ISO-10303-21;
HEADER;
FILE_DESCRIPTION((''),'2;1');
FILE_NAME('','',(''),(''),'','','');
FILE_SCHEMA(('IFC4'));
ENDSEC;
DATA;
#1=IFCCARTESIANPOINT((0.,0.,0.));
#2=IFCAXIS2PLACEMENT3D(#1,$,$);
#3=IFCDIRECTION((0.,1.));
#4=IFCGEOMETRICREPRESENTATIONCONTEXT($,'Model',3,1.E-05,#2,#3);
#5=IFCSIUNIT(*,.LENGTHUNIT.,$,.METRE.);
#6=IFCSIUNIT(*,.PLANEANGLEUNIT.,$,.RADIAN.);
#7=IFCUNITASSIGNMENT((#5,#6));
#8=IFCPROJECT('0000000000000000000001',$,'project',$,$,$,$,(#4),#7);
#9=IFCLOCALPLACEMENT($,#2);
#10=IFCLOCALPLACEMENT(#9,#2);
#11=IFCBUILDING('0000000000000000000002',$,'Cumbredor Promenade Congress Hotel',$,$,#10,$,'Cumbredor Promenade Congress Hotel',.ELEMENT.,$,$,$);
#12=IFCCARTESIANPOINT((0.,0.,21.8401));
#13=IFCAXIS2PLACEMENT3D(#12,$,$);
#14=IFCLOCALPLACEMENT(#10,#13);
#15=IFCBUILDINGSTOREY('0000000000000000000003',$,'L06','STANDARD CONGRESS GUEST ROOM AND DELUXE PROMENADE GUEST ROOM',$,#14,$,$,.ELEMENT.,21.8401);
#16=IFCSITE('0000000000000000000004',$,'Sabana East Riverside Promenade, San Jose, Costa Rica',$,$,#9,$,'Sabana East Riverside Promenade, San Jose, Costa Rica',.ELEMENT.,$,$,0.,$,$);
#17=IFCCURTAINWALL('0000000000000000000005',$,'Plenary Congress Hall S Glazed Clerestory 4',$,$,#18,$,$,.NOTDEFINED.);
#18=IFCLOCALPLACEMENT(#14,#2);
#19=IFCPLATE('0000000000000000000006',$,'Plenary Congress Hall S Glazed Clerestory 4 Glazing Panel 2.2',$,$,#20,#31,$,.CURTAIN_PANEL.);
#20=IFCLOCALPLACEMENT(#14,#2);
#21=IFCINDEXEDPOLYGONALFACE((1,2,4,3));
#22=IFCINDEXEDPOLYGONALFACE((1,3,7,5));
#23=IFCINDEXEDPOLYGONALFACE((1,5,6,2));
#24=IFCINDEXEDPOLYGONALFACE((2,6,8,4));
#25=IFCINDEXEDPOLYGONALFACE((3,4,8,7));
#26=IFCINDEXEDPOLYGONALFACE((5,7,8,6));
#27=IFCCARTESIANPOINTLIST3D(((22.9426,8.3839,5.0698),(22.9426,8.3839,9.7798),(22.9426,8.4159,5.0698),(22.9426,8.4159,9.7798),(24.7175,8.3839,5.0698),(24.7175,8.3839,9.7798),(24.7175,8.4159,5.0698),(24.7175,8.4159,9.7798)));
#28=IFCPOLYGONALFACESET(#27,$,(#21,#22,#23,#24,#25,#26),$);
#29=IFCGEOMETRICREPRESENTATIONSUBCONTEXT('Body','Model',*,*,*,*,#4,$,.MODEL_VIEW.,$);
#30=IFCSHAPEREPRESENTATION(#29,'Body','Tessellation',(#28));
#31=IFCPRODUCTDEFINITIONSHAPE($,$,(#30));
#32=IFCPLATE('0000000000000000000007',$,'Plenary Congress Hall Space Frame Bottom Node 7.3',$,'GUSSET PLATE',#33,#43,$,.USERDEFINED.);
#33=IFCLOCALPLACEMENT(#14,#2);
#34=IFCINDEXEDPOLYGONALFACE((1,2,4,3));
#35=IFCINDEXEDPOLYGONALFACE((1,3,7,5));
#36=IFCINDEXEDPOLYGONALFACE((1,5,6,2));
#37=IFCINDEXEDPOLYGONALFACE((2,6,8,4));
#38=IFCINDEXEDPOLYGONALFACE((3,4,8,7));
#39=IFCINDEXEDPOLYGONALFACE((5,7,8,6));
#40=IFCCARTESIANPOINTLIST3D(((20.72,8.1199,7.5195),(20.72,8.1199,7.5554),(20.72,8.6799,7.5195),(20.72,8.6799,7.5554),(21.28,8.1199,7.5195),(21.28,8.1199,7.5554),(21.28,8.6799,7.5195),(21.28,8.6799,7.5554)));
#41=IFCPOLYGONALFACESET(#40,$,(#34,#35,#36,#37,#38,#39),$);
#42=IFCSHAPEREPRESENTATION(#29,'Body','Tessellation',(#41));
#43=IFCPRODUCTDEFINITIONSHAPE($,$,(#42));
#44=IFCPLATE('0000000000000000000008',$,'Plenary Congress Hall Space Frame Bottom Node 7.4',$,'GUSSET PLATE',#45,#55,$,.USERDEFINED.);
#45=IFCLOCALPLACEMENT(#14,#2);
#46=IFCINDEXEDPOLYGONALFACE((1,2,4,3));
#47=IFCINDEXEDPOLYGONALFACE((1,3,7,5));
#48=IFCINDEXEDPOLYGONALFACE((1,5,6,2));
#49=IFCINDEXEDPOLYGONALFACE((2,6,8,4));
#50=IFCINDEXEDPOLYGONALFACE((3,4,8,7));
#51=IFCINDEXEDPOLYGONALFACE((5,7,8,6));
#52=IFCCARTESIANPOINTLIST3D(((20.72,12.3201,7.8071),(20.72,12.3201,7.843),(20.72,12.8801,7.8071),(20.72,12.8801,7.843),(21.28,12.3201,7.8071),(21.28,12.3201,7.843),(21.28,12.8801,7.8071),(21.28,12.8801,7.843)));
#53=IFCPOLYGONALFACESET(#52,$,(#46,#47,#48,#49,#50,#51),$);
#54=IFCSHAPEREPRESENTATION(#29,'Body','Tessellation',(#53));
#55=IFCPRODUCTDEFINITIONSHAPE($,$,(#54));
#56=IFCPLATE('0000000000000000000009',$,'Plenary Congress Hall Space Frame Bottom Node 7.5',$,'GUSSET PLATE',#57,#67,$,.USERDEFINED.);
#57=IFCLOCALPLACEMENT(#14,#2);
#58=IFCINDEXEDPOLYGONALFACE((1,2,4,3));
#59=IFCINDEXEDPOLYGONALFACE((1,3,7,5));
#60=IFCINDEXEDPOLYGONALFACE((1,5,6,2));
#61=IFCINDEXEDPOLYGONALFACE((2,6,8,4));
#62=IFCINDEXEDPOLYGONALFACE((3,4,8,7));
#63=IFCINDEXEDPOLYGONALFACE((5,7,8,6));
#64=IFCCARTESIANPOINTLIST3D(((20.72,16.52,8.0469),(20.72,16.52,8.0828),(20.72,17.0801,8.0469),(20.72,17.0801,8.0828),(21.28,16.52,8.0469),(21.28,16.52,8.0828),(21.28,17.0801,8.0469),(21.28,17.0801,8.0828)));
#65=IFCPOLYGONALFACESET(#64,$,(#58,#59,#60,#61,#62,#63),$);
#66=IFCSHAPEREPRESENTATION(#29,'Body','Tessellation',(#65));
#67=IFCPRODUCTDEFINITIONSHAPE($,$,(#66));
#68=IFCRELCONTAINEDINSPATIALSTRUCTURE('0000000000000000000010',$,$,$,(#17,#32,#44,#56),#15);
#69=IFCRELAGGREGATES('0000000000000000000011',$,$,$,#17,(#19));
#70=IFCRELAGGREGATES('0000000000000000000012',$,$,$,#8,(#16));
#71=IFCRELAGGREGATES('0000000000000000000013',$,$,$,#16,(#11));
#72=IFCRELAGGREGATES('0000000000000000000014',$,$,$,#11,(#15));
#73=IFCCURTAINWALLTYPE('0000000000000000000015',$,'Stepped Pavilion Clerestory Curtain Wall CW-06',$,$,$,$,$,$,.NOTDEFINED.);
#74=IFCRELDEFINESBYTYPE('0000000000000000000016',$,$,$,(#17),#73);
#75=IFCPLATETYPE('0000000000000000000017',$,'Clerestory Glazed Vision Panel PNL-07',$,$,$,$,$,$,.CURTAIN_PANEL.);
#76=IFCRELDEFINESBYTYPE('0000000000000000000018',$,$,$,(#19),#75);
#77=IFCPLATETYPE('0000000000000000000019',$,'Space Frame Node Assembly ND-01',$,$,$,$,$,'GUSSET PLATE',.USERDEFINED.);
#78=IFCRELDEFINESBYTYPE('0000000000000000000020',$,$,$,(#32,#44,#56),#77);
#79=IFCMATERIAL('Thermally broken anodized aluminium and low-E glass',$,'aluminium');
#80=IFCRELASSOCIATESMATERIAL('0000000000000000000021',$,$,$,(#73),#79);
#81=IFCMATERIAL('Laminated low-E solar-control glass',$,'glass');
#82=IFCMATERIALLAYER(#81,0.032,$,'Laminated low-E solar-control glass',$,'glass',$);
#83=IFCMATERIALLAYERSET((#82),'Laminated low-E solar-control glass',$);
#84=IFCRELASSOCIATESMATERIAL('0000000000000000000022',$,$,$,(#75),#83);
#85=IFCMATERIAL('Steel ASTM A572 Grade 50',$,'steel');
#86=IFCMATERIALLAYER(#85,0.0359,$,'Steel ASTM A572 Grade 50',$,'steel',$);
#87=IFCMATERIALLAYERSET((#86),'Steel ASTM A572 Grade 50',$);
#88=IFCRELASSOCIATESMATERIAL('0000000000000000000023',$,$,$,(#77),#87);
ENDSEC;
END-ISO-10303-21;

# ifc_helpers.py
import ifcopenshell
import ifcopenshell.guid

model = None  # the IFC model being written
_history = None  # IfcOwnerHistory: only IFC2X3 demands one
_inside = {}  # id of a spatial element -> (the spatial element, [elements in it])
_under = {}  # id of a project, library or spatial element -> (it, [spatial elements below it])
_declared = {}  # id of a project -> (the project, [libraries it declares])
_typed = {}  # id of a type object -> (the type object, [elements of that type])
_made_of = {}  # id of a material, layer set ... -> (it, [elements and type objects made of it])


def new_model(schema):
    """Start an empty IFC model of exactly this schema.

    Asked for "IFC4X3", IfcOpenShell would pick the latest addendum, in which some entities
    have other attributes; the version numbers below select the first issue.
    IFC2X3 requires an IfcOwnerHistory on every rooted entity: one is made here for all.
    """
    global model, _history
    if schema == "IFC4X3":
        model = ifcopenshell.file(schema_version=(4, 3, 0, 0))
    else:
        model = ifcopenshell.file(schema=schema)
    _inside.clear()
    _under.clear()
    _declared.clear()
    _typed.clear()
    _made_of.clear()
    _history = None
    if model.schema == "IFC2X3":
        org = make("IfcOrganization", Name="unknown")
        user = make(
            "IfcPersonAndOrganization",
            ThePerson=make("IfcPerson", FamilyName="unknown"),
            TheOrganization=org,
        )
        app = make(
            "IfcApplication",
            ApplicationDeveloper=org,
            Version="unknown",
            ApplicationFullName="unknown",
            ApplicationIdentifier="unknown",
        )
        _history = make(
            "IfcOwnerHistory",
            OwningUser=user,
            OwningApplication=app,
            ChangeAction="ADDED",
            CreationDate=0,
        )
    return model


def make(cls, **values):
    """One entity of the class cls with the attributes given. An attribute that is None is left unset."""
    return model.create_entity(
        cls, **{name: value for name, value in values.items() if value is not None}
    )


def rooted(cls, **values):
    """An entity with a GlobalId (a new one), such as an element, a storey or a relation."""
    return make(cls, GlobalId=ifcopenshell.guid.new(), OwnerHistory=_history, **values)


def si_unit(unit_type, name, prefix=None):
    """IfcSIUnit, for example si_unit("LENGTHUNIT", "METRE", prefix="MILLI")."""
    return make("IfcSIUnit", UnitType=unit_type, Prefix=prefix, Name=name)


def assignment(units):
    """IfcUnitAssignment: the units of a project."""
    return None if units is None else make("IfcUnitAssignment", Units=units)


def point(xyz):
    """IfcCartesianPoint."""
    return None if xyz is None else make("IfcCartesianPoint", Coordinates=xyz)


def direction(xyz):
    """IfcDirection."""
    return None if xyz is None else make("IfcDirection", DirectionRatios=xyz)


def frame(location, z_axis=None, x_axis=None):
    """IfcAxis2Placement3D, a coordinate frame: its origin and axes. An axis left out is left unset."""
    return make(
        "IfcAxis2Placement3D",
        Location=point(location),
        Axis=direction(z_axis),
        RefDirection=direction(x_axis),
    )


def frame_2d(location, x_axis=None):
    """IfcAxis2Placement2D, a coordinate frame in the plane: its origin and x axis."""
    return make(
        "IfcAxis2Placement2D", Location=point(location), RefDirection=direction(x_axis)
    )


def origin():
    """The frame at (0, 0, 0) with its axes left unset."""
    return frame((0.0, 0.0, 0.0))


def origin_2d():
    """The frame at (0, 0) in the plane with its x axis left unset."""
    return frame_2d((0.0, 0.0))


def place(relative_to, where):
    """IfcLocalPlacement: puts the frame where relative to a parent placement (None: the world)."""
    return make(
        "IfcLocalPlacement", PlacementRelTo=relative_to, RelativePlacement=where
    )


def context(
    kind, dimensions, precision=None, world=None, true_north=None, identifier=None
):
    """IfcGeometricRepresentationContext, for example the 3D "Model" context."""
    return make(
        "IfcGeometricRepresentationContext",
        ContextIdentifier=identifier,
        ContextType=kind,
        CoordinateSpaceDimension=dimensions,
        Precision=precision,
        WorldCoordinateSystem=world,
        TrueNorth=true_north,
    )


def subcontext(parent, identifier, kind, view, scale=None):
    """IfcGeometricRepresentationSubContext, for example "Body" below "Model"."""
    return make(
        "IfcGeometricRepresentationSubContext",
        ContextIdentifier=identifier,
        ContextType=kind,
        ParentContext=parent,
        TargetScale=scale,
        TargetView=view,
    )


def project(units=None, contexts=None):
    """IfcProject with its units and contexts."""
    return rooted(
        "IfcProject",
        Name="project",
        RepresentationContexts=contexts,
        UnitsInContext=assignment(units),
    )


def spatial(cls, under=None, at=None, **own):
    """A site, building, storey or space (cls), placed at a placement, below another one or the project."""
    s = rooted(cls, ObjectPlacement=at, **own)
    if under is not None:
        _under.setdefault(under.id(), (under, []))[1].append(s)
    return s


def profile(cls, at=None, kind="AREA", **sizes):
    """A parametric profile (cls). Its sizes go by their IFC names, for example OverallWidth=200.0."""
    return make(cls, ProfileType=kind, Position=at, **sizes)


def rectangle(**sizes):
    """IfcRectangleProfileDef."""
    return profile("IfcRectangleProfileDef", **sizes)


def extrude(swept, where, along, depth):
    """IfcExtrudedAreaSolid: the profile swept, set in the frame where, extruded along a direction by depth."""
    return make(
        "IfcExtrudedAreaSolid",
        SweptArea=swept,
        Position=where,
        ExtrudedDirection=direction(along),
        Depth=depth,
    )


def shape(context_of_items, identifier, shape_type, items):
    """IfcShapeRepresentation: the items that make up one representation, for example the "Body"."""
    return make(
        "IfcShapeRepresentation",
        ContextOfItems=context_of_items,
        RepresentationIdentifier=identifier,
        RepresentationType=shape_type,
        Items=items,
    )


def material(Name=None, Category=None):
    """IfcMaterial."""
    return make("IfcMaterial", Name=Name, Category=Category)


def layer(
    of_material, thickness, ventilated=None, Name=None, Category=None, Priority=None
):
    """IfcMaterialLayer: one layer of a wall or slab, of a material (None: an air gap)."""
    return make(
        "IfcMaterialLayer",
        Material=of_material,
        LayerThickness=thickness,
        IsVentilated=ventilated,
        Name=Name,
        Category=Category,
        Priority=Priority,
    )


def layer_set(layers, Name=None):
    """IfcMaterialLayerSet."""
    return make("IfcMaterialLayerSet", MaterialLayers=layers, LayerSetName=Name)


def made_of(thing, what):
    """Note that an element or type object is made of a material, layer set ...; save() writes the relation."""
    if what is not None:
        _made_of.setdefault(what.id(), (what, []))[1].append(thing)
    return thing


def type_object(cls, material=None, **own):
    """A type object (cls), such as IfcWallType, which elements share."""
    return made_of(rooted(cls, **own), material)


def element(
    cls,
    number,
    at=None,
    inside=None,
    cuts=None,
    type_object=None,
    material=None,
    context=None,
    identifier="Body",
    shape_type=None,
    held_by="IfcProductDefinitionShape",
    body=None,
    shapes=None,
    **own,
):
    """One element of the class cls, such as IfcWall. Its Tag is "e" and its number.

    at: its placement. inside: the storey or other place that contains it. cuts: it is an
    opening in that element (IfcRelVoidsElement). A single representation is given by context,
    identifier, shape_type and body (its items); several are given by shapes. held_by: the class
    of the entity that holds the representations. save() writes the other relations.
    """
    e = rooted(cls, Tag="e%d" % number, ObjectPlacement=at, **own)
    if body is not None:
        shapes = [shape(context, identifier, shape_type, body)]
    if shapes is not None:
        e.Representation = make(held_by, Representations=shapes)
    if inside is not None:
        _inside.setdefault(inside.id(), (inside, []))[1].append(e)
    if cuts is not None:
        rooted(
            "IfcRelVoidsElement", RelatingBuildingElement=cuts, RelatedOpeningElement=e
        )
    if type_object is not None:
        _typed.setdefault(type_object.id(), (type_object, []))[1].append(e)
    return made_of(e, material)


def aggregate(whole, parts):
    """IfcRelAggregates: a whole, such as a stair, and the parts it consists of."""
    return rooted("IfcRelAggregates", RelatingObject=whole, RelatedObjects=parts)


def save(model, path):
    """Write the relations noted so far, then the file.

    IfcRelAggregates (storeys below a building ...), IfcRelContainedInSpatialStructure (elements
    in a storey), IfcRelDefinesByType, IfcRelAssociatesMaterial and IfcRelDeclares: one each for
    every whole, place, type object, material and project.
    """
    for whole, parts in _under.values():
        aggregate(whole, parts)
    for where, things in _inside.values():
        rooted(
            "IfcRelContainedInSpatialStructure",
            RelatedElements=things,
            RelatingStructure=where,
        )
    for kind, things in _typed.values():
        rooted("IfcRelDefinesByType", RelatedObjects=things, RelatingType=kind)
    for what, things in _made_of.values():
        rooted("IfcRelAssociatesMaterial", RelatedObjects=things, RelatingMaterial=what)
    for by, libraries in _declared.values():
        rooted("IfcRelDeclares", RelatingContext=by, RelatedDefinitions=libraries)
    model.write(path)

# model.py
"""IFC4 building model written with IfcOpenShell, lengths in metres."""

from ifc_helpers import new_model, si_unit, direction, frame, origin, origin_2d, place, context, subcontext, project, spatial, rectangle, extrude, material, layer, layer_set, type_object, element, aggregate, save


model = new_model("IFC4")

# Units and contexts
model_context = context("Model", 3, precision=1e-05, world=origin(), true_north=direction((0.0, 1.0)))
body_context = subcontext(model_context, "Body", "Model", "MODEL_VIEW")
ifc_project = project(units=[si_unit("LENGTHUNIT", "METRE"), si_unit("PLANEANGLEUNIT", "RADIAN")], contexts=[model_context])

# Site, building, storey
site_placement = place(None, origin())
site = spatial("IfcSite", under=ifc_project, at=site_placement, Name="Sabana East Riverside Promenade, San Jose, Costa Rica", LongName="Sabana East Riverside Promenade, San Jose, Costa Rica", CompositionType="ELEMENT", RefElevation=0.0)
building_placement = place(site_placement, origin())
building = spatial("IfcBuilding", under=site, at=building_placement, Name="Cumbredor Promenade Congress Hotel", LongName="Cumbredor Promenade Congress Hotel", CompositionType="ELEMENT")
storey_placement = place(building_placement, frame((0.0, 0.0, 21.8401)))
storey = spatial("IfcBuildingStorey", under=building, at=storey_placement, Name="L06", Description="STANDARD CONGRESS GUEST ROOM AND DELUXE PROMENADE GUEST ROOM", CompositionType="ELEMENT", Elevation=21.8401)

# Curtain wall
ifc_material_1 = material(Name="Thermally broken anodized aluminium and low-E glass", Category="aluminium")
curtain_wall_type = type_object("IfcCurtainWallType", Name="Stepped Pavilion Clerestory Curtain Wall CW-06", PredefinedType="NOTDEFINED", material=ifc_material_1)
curtain_wall_1_placement = place(storey_placement, origin())
curtain_wall_1 = element("IfcCurtainWall", 1, at=curtain_wall_1_placement, inside=storey, type_object=curtain_wall_type, Name="Plenary Congress Hall S Glazed Clerestory 4", PredefinedType="NOTDEFINED")

# Plate
ifc_material_2 = material(Name="Laminated low-E solar-control glass", Category="glass")
ifc_layer_1 = layer(ifc_material_2, 0.032, Name="Laminated low-E solar-control glass", Category="glass")
ifc_layer_set_1 = layer_set([ifc_layer_1], Name="Laminated low-E solar-control glass")
plate_type_1 = type_object("IfcPlateType", Name="Clerestory Glazed Vision Panel PNL-07", PredefinedType="CURTAIN_PANEL", material=ifc_layer_set_1)
plate_1_placement = place(storey_placement, frame((23.8301, 8.3999, 5.0698), z_axis=(0.0, 0.0, 1.0), x_axis=(1.0, 0.0, 0.0)))
plate_1 = element("IfcPlate", 2, at=plate_1_placement, type_object=plate_type_1, Name="Plenary Congress Hall S Glazed Clerestory 4 Glazing Panel 2.2", PredefinedType="CURTAIN_PANEL", context=body_context, shape_type="SweptSolid", body=[
    extrude(rectangle(XDim=1.7749, YDim=0.032, at=origin_2d()), origin(), (0.0, 0.0, 1.0), 4.71),
])
aggregate(curtain_wall_1, [plate_1])

# Plates
ifc_material_3 = material(Name="Steel ASTM A572 Grade 50", Category="steel")
ifc_layer_2 = layer(ifc_material_3, 0.0359, Name="Steel ASTM A572 Grade 50", Category="steel")
ifc_layer_set_2 = layer_set([ifc_layer_2], Name="Steel ASTM A572 Grade 50")
plate_type_2 = type_object("IfcPlateType", Name="Space Frame Node Assembly ND-01", ElementType="GUSSET PLATE", PredefinedType="USERDEFINED", material=ifc_layer_set_2)
for number, where, z_axis, x_axis, name in (
    (3, (21.0, 8.3999, 7.5195), (0.0, 0.0, 1.0), (1.0, 0.0, 0.0), "Plenary Congress Hall Space Frame Bottom Node 7.3"),
    (4, (21.0, 12.6001, 7.8071), (0.0, 0.0, 1.0), (1.0, 0.0, 0.0), "Plenary Congress Hall Space Frame Bottom Node 7.4"),
    (5, (21.0, 16.8, 8.0469), (0.0, 0.0, 1.0), (1.0, 0.0, 0.0), "Plenary Congress Hall Space Frame Bottom Node 7.5"),
):
    element("IfcPlate", number, at=place(storey_placement, frame(where, z_axis=z_axis, x_axis=x_axis)), inside=storey, type_object=plate_type_2, Name=name, ObjectType="GUSSET PLATE", PredefinedType="USERDEFINED", context=body_context, shape_type="SweptSolid", body=[
        extrude(rectangle(XDim=0.5601, YDim=0.5601, at=origin_2d()), origin(), (0.0, 0.0, 1.0), 0.0359),
    ])

save(model, "model.ifc")
